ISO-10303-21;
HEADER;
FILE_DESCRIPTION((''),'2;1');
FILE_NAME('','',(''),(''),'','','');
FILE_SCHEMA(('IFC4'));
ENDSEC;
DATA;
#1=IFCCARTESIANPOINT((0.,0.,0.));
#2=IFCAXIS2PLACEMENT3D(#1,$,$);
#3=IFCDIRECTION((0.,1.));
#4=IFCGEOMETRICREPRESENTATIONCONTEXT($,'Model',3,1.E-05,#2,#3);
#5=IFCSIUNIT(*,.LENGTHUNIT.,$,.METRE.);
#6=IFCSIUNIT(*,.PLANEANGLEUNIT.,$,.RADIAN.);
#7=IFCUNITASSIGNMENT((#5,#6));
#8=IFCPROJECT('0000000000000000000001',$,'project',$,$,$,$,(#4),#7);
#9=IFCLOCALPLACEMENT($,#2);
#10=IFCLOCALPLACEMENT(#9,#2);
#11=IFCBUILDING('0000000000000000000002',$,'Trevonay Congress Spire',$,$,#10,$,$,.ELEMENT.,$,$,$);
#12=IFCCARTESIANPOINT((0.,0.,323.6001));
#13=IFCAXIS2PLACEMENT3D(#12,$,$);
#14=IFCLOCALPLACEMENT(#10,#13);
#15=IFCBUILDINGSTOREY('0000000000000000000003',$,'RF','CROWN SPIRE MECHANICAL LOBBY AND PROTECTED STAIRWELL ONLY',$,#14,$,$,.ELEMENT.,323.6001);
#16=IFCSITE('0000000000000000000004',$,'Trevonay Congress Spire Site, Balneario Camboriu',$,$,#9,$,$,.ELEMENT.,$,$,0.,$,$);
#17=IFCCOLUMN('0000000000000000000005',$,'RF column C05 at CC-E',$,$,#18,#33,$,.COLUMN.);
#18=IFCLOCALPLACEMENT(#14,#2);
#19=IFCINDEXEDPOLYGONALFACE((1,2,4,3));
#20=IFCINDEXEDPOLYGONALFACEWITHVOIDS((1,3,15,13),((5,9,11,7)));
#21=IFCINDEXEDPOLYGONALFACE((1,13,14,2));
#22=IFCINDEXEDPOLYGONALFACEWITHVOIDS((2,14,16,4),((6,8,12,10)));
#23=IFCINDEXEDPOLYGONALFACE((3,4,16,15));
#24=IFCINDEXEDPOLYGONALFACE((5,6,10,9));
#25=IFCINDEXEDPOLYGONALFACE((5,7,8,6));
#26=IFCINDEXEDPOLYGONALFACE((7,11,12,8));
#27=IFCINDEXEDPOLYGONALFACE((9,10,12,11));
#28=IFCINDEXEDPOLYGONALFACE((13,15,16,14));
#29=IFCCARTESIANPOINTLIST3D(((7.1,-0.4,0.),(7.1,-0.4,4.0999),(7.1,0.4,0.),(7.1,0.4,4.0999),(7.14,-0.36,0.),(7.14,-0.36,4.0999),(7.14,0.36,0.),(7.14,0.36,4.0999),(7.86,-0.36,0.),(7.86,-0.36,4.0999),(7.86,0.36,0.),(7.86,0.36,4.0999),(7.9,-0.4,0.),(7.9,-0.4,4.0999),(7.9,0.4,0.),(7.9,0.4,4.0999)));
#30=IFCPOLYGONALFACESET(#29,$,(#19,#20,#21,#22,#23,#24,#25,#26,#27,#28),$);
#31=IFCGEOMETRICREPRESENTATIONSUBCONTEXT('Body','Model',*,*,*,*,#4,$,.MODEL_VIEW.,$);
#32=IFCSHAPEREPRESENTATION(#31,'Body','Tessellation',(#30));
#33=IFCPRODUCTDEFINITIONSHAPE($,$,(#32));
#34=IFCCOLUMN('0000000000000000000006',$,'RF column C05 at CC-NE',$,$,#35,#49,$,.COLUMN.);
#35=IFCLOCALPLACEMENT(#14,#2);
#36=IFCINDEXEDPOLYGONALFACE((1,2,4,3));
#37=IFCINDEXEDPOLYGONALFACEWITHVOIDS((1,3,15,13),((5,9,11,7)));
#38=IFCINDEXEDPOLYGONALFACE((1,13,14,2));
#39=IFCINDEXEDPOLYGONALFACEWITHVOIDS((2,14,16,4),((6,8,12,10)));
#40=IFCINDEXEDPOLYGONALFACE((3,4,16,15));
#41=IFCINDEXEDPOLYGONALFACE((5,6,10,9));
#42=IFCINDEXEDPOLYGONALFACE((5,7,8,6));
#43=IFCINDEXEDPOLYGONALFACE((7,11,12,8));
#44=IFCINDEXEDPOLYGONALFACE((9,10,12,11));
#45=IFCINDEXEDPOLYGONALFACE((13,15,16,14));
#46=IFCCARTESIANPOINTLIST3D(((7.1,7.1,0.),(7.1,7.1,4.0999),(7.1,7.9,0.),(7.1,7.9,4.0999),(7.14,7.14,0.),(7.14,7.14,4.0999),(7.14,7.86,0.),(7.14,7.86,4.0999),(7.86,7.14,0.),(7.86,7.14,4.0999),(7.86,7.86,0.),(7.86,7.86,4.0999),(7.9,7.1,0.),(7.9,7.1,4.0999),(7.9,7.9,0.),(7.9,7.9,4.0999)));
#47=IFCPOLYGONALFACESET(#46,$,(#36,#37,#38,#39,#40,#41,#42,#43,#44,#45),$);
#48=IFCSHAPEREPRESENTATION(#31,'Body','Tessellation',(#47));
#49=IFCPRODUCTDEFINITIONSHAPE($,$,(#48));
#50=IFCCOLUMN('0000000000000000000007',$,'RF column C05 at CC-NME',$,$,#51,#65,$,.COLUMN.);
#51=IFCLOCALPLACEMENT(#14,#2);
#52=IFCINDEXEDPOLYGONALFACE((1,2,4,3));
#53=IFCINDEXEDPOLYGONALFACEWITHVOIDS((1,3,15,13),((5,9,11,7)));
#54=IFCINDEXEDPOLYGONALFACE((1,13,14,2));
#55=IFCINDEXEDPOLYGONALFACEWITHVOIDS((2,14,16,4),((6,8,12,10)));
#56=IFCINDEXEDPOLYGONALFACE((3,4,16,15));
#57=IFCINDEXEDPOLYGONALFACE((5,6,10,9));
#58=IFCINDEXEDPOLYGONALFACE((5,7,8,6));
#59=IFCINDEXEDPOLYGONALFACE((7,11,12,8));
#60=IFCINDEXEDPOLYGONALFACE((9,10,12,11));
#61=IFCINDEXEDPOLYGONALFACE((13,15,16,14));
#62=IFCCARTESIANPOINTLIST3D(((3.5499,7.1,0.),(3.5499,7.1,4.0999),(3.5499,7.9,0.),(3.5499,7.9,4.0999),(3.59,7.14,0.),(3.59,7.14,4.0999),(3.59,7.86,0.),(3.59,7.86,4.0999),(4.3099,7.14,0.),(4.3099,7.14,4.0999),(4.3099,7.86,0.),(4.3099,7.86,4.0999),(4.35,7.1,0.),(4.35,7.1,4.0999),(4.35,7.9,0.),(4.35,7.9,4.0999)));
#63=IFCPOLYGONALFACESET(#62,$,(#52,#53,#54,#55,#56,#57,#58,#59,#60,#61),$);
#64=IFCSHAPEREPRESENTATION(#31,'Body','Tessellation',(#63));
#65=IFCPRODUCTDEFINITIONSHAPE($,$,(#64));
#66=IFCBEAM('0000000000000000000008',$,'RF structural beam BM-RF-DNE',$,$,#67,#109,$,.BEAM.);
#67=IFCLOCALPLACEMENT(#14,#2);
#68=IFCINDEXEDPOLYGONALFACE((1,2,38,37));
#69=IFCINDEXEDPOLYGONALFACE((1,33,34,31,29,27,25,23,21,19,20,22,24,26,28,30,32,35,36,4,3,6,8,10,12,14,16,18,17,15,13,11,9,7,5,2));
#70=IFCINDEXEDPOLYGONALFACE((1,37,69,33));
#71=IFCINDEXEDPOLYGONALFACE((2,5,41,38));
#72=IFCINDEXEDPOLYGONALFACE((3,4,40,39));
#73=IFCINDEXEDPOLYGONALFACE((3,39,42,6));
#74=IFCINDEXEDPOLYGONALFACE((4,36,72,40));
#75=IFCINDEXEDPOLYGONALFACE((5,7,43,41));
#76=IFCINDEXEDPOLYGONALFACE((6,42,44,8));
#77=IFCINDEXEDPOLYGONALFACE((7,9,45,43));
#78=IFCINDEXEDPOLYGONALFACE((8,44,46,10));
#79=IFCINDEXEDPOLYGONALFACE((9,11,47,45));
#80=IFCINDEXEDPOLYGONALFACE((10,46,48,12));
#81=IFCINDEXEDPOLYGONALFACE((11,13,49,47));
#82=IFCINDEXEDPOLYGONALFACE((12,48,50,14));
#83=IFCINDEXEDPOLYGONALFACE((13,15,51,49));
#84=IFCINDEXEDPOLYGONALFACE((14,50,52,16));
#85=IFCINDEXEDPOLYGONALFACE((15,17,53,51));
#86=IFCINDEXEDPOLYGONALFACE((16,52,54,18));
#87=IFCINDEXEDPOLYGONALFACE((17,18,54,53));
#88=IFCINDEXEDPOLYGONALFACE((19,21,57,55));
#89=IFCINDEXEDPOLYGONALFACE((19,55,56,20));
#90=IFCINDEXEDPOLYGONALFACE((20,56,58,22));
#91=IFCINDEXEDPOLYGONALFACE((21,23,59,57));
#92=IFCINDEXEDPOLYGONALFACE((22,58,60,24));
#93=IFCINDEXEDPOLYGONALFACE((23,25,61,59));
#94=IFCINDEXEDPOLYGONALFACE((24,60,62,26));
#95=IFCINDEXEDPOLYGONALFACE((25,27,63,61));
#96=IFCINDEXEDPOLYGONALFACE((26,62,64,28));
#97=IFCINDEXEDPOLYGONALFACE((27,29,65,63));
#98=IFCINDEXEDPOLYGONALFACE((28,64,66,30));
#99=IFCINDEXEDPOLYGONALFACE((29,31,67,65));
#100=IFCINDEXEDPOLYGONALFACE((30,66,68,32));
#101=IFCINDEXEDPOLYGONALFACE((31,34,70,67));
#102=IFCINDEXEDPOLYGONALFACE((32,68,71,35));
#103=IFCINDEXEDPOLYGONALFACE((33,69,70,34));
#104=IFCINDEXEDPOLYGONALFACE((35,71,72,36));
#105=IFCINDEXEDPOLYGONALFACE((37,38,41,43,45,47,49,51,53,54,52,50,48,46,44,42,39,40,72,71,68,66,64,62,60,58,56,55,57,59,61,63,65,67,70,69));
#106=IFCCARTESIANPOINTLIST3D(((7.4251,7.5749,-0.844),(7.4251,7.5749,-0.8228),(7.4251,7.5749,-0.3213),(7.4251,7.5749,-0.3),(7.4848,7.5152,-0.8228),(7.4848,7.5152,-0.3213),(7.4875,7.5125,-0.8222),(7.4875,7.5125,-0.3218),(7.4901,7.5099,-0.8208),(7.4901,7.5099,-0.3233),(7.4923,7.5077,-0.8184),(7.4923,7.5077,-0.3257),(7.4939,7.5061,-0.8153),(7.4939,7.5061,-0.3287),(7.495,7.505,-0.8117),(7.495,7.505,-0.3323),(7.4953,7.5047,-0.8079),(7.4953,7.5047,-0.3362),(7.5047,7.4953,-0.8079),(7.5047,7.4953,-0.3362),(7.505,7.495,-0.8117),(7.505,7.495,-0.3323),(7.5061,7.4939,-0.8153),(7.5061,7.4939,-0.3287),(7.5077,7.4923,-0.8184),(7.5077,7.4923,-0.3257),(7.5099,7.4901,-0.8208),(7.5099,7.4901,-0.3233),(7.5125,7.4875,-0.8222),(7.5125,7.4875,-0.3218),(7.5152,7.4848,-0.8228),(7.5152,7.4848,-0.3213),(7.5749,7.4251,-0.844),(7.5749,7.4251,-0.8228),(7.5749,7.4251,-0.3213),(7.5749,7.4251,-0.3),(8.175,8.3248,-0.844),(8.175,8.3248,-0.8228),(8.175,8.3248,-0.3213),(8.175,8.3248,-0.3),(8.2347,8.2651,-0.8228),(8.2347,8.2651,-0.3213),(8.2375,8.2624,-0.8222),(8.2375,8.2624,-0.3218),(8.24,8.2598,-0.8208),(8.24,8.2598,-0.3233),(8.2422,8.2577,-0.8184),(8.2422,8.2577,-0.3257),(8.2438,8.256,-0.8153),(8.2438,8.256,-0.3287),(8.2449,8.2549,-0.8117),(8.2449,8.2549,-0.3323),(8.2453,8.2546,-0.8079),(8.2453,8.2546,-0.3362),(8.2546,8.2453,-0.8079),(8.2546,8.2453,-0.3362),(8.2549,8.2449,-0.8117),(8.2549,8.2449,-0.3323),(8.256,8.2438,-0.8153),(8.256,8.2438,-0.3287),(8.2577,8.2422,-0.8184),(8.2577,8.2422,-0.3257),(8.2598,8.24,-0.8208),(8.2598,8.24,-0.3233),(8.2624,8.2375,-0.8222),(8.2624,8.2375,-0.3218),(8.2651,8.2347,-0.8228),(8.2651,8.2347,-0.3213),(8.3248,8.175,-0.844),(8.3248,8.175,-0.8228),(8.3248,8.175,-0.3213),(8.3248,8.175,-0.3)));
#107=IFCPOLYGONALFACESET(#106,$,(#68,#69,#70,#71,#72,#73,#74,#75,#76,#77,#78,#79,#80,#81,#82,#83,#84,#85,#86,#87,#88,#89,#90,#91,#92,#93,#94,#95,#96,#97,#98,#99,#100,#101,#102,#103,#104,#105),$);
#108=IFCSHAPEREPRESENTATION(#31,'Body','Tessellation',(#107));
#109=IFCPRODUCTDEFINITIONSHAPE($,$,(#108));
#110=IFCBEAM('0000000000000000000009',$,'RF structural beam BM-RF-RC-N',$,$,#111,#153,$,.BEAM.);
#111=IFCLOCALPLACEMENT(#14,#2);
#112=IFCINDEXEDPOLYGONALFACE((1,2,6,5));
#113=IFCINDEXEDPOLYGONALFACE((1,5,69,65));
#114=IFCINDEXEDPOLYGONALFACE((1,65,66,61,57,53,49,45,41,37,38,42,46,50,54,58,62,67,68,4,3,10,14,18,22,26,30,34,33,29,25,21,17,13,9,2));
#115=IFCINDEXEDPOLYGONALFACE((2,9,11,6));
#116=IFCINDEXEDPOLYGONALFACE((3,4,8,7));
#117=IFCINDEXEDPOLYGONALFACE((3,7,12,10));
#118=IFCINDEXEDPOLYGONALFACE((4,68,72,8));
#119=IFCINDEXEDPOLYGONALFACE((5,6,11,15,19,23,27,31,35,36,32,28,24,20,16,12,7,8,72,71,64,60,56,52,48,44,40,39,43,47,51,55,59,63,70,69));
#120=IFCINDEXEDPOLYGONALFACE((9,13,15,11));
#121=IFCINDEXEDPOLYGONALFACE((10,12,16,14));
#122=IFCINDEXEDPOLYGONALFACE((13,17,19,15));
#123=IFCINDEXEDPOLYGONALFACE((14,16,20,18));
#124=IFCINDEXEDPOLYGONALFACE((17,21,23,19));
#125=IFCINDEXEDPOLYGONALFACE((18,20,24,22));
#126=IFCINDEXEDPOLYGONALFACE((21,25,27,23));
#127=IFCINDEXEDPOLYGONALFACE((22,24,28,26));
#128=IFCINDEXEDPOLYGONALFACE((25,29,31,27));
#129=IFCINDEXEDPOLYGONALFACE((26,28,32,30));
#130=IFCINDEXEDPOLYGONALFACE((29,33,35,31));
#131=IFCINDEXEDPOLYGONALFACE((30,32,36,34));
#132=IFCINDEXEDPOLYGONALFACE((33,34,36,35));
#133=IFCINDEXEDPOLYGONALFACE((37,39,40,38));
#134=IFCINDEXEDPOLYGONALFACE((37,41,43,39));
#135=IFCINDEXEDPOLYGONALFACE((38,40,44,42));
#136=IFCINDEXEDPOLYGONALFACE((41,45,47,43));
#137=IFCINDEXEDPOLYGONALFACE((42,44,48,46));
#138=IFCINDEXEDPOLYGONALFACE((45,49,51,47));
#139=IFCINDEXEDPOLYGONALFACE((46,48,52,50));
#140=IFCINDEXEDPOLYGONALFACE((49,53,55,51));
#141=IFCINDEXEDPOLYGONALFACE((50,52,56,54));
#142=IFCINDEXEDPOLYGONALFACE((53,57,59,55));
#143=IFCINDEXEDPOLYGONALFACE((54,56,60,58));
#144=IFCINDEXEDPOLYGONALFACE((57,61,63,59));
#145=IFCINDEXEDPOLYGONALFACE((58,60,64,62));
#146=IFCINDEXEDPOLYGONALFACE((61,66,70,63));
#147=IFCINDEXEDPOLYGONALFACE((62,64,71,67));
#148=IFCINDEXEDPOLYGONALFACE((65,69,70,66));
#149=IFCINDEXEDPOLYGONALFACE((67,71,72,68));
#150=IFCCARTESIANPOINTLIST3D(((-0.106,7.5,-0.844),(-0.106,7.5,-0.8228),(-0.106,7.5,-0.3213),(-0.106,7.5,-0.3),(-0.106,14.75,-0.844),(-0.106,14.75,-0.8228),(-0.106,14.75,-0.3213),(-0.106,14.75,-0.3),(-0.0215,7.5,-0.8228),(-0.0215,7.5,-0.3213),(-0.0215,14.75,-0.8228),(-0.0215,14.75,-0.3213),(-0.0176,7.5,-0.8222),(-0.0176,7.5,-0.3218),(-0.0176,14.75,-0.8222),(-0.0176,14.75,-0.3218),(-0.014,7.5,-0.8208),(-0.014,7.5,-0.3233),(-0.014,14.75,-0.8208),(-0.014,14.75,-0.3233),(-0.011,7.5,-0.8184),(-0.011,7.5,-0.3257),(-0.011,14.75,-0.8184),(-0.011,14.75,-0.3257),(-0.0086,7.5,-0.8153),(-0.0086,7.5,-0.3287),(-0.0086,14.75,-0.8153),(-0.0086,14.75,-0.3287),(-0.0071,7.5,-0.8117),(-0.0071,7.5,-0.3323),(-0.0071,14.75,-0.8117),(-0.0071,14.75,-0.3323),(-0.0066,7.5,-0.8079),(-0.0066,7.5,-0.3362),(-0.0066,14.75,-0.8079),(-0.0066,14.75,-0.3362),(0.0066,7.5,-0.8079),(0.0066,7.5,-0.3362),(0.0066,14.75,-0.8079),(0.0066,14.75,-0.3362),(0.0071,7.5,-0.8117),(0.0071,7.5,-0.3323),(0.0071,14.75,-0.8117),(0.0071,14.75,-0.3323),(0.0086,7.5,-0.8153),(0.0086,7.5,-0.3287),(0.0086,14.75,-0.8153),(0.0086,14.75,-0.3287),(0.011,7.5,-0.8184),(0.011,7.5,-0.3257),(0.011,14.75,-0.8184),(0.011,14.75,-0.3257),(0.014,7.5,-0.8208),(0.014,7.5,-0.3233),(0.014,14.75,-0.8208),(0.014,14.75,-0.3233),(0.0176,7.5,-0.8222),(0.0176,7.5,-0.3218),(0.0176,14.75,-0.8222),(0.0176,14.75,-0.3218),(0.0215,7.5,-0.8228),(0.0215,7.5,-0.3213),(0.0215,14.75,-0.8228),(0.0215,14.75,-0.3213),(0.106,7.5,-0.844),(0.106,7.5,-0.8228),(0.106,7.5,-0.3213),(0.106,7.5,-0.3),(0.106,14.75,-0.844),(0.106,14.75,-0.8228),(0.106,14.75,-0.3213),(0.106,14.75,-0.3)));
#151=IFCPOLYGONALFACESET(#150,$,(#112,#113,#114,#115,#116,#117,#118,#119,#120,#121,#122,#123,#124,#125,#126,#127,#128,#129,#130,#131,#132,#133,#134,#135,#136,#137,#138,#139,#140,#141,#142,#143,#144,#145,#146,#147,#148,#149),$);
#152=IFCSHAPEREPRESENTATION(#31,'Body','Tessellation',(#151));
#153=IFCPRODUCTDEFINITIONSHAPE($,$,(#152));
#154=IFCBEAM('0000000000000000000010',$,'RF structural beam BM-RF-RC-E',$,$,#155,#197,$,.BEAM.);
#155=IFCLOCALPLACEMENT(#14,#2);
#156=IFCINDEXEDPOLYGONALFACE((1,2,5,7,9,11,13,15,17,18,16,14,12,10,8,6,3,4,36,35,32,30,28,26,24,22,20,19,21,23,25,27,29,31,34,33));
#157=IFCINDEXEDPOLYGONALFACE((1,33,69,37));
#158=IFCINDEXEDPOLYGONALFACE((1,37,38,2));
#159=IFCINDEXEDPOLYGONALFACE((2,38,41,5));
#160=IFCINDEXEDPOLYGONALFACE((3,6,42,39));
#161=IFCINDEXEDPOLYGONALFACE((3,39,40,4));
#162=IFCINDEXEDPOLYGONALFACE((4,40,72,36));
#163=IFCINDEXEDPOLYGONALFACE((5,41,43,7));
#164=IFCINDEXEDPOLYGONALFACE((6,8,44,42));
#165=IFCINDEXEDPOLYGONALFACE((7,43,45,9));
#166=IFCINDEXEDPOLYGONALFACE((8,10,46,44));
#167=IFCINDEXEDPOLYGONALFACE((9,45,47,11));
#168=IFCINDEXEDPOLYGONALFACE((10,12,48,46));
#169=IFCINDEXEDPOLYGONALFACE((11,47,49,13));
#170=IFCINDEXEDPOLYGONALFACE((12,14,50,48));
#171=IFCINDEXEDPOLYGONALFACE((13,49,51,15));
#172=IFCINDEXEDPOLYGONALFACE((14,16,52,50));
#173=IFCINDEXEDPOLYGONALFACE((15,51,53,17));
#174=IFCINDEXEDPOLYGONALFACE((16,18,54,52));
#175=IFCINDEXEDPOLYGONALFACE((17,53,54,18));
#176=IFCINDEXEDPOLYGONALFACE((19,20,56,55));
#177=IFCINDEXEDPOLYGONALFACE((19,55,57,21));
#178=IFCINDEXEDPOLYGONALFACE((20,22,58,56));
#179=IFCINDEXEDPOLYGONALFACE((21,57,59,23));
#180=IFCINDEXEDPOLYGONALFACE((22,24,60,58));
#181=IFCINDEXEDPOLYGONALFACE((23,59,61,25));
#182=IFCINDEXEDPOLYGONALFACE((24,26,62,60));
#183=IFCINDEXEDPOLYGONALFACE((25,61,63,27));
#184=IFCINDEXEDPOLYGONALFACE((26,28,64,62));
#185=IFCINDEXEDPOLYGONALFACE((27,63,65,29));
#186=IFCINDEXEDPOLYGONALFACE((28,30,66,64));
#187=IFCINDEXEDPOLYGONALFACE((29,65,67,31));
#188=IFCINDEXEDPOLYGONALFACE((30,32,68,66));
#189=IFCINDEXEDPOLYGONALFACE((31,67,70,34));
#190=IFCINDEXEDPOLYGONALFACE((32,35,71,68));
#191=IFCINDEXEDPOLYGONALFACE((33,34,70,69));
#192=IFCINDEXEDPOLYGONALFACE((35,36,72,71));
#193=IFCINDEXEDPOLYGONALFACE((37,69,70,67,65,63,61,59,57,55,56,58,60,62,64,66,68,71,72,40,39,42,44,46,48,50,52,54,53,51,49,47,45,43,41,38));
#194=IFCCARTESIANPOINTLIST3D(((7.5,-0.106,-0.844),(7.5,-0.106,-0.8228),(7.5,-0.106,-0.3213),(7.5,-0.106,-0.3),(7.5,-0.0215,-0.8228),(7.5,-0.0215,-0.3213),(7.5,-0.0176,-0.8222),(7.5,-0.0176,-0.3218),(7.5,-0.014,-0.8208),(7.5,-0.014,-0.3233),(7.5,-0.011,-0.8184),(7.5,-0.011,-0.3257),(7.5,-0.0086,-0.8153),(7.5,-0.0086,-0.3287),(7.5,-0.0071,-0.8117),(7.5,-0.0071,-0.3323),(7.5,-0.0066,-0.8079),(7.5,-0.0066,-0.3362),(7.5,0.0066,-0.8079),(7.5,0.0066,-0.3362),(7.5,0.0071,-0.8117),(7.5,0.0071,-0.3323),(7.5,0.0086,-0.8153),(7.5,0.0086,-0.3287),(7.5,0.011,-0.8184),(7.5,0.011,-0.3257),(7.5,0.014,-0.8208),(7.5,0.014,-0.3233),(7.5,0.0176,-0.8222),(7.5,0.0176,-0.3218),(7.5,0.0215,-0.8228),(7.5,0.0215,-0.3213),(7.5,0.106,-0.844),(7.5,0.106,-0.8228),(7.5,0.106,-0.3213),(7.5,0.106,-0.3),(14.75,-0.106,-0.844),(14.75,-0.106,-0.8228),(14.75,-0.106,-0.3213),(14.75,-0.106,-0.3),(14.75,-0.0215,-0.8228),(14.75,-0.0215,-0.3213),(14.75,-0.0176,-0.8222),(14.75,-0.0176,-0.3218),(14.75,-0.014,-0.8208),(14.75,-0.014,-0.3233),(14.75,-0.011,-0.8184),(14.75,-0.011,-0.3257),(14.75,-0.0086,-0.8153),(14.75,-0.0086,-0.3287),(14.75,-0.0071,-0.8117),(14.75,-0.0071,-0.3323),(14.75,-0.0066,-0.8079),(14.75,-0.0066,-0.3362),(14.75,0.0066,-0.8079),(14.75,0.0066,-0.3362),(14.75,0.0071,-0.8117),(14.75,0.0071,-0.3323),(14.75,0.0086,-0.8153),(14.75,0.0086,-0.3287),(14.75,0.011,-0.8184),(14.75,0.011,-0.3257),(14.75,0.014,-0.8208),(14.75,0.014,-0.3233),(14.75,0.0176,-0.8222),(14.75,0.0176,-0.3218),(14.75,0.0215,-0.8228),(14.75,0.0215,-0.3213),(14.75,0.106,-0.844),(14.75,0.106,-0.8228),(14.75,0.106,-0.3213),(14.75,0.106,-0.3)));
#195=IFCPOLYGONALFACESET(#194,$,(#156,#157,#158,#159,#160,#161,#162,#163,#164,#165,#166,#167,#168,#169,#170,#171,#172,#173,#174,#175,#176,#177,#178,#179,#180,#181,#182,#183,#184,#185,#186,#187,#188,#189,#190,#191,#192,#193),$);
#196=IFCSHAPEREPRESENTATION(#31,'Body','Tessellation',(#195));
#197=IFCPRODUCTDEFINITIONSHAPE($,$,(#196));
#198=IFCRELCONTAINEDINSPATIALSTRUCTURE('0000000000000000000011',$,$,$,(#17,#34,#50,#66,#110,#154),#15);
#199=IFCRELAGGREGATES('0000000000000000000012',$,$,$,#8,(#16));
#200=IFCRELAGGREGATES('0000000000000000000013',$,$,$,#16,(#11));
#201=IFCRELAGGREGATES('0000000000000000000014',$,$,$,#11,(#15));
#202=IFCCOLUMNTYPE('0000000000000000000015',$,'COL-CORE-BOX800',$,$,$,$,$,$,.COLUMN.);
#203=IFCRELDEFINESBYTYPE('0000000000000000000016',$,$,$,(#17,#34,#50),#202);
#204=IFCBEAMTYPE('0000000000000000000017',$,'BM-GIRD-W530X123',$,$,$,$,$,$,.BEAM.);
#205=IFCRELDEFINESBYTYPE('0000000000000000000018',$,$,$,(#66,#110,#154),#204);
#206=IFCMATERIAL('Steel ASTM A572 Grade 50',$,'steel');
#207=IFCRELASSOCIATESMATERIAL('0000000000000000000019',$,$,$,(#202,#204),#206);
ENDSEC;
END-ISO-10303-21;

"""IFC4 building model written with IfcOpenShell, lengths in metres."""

from ifc_helpers import new_model, si_unit, direction, frame, origin, origin_2d, place, context, subcontext, project, spatial, hollow_rectangle, i_section, extrude, material, material_profile, profile_set, type_object, element, save


model = new_model("IFC4")

# Units and contexts
model_context = context("Model", 3, precision=1e-05, world=origin(), true_north=direction((0.0, 1.0)))
body_context = subcontext(model_context, "Body", "Model", "MODEL_VIEW")
ifc_project = project(units=[si_unit("LENGTHUNIT", "METRE"), si_unit("PLANEANGLEUNIT", "RADIAN")], contexts=[model_context])

# Site, building, storey
site_placement = place(None, origin())
site = spatial("IfcSite", under=ifc_project, at=site_placement, Name="Trevonay Congress Spire Site, Balneario Camboriu", CompositionType="ELEMENT", RefElevation=0.0)
building_placement = place(site_placement, origin())
building = spatial("IfcBuilding", under=site, at=building_placement, Name="Trevonay Congress Spire", CompositionType="ELEMENT")
storey_placement = place(building_placement, frame((0.0, 0.0, 323.6001)))
storey = spatial("IfcBuildingStorey", under=building, at=storey_placement, Name="RF", Description="CROWN SPIRE MECHANICAL LOBBY AND PROTECTED STAIRWELL ONLY", CompositionType="ELEMENT", Elevation=323.6001)

# Columns
ifc_material_1 = material(Name="Steel ASTM A572 Grade 50", Category="steel")
ifc_material_profile_1 = material_profile(ifc_material_1, hollow_rectangle(XDim=0.8, YDim=0.8, WallThickness=0.04, at=origin_2d()), Name="BOX 800x800x40")
ifc_profile_set_1 = profile_set([ifc_material_profile_1], Name="Steel ASTM A572 Grade 50")
column_type = type_object("IfcColumnType", Name="COL-CORE-BOX800", PredefinedType="COLUMN", material=ifc_profile_set_1)
for number, where, z_axis, x_axis, name in (
    (1, (7.5, 0.0, 0.0), (0.0, 0.0, 1.0), (1.0, 0.0, 0.0), "RF column C05 at CC-E"),
    (2, (7.5, 7.5, 0.0), (0.0, 0.0, 1.0), (1.0, 0.0, 0.0), "RF column C05 at CC-NE"),
    (3, (3.95, 7.5, 0.0), (0.0, 0.0, 1.0), (1.0, 0.0, 0.0), "RF column C05 at CC-NME"),
):
    element("IfcColumn", number, at=place(storey_placement, frame(where, z_axis=z_axis, x_axis=x_axis)), inside=storey, type_object=column_type, Name=name, PredefinedType="COLUMN", context=body_context, shape_type="SweptSolid", body=[
        extrude(hollow_rectangle(XDim=0.8, YDim=0.8, WallThickness=0.04, at=origin_2d()), origin(), (0.0, 0.0, 1.0), 4.0999),
    ])

# Beams
ifc_material_profile_2 = material_profile(ifc_material_1, i_section(OverallWidth=0.2119, OverallDepth=0.5439, WebThickness=0.0132, FlangeThickness=0.0212, FilletRadius=0.0149, at=origin_2d()), Name="W530x123")
ifc_profile_set_2 = profile_set([ifc_material_profile_2], Name="Steel ASTM A572 Grade 50")
beam_type_1 = type_object("IfcBeamType", Name="BM-GIRD-W530X123", PredefinedType="BEAM", material=ifc_profile_set_2)
beam_1_placement = place(storey_placement, frame((7.5, 7.5, -0.572), z_axis=(0.707107, 0.707107, 0.0), x_axis=(-0.707107, 0.707107, 0.0)))
element("IfcBeam", 4, at=beam_1_placement, inside=storey, type_object=beam_type_1, Name="RF structural beam BM-RF-DNE", PredefinedType="BEAM", context=body_context, shape_type="SweptSolid", body=[
    extrude(i_section(OverallWidth=0.2119, OverallDepth=0.5439, WebThickness=0.0132, FlangeThickness=0.0212, FilletRadius=0.0149, at=origin_2d()), origin(), (0.0, 0.0, 1.0), 1.0605),
])
for number, where, z_axis, x_axis, name in (
    (5, (0.0, 7.5, -0.572), (0.0, 1.0, 0.0), (-1.0, 0.0, 0.0), "RF structural beam BM-RF-RC-N"),
    (6, (7.5, 0.0, -0.572), (1.0, 0.0, 0.0), (0.0, 1.0, 0.0), "RF structural beam BM-RF-RC-E"),
):
    element("IfcBeam", number, at=place(storey_placement, frame(where, z_axis=z_axis, x_axis=x_axis)), inside=storey, type_object=beam_type_1, Name=name, PredefinedType="BEAM", context=body_context, shape_type="SweptSolid", body=[
        extrude(i_section(OverallWidth=0.2119, OverallDepth=0.5439, WebThickness=0.0132, FlangeThickness=0.0212, FilletRadius=0.0149, at=origin_2d()), origin(), (0.0, 0.0, 1.0), 7.25),
    ])

save(model, "model.ifc")
